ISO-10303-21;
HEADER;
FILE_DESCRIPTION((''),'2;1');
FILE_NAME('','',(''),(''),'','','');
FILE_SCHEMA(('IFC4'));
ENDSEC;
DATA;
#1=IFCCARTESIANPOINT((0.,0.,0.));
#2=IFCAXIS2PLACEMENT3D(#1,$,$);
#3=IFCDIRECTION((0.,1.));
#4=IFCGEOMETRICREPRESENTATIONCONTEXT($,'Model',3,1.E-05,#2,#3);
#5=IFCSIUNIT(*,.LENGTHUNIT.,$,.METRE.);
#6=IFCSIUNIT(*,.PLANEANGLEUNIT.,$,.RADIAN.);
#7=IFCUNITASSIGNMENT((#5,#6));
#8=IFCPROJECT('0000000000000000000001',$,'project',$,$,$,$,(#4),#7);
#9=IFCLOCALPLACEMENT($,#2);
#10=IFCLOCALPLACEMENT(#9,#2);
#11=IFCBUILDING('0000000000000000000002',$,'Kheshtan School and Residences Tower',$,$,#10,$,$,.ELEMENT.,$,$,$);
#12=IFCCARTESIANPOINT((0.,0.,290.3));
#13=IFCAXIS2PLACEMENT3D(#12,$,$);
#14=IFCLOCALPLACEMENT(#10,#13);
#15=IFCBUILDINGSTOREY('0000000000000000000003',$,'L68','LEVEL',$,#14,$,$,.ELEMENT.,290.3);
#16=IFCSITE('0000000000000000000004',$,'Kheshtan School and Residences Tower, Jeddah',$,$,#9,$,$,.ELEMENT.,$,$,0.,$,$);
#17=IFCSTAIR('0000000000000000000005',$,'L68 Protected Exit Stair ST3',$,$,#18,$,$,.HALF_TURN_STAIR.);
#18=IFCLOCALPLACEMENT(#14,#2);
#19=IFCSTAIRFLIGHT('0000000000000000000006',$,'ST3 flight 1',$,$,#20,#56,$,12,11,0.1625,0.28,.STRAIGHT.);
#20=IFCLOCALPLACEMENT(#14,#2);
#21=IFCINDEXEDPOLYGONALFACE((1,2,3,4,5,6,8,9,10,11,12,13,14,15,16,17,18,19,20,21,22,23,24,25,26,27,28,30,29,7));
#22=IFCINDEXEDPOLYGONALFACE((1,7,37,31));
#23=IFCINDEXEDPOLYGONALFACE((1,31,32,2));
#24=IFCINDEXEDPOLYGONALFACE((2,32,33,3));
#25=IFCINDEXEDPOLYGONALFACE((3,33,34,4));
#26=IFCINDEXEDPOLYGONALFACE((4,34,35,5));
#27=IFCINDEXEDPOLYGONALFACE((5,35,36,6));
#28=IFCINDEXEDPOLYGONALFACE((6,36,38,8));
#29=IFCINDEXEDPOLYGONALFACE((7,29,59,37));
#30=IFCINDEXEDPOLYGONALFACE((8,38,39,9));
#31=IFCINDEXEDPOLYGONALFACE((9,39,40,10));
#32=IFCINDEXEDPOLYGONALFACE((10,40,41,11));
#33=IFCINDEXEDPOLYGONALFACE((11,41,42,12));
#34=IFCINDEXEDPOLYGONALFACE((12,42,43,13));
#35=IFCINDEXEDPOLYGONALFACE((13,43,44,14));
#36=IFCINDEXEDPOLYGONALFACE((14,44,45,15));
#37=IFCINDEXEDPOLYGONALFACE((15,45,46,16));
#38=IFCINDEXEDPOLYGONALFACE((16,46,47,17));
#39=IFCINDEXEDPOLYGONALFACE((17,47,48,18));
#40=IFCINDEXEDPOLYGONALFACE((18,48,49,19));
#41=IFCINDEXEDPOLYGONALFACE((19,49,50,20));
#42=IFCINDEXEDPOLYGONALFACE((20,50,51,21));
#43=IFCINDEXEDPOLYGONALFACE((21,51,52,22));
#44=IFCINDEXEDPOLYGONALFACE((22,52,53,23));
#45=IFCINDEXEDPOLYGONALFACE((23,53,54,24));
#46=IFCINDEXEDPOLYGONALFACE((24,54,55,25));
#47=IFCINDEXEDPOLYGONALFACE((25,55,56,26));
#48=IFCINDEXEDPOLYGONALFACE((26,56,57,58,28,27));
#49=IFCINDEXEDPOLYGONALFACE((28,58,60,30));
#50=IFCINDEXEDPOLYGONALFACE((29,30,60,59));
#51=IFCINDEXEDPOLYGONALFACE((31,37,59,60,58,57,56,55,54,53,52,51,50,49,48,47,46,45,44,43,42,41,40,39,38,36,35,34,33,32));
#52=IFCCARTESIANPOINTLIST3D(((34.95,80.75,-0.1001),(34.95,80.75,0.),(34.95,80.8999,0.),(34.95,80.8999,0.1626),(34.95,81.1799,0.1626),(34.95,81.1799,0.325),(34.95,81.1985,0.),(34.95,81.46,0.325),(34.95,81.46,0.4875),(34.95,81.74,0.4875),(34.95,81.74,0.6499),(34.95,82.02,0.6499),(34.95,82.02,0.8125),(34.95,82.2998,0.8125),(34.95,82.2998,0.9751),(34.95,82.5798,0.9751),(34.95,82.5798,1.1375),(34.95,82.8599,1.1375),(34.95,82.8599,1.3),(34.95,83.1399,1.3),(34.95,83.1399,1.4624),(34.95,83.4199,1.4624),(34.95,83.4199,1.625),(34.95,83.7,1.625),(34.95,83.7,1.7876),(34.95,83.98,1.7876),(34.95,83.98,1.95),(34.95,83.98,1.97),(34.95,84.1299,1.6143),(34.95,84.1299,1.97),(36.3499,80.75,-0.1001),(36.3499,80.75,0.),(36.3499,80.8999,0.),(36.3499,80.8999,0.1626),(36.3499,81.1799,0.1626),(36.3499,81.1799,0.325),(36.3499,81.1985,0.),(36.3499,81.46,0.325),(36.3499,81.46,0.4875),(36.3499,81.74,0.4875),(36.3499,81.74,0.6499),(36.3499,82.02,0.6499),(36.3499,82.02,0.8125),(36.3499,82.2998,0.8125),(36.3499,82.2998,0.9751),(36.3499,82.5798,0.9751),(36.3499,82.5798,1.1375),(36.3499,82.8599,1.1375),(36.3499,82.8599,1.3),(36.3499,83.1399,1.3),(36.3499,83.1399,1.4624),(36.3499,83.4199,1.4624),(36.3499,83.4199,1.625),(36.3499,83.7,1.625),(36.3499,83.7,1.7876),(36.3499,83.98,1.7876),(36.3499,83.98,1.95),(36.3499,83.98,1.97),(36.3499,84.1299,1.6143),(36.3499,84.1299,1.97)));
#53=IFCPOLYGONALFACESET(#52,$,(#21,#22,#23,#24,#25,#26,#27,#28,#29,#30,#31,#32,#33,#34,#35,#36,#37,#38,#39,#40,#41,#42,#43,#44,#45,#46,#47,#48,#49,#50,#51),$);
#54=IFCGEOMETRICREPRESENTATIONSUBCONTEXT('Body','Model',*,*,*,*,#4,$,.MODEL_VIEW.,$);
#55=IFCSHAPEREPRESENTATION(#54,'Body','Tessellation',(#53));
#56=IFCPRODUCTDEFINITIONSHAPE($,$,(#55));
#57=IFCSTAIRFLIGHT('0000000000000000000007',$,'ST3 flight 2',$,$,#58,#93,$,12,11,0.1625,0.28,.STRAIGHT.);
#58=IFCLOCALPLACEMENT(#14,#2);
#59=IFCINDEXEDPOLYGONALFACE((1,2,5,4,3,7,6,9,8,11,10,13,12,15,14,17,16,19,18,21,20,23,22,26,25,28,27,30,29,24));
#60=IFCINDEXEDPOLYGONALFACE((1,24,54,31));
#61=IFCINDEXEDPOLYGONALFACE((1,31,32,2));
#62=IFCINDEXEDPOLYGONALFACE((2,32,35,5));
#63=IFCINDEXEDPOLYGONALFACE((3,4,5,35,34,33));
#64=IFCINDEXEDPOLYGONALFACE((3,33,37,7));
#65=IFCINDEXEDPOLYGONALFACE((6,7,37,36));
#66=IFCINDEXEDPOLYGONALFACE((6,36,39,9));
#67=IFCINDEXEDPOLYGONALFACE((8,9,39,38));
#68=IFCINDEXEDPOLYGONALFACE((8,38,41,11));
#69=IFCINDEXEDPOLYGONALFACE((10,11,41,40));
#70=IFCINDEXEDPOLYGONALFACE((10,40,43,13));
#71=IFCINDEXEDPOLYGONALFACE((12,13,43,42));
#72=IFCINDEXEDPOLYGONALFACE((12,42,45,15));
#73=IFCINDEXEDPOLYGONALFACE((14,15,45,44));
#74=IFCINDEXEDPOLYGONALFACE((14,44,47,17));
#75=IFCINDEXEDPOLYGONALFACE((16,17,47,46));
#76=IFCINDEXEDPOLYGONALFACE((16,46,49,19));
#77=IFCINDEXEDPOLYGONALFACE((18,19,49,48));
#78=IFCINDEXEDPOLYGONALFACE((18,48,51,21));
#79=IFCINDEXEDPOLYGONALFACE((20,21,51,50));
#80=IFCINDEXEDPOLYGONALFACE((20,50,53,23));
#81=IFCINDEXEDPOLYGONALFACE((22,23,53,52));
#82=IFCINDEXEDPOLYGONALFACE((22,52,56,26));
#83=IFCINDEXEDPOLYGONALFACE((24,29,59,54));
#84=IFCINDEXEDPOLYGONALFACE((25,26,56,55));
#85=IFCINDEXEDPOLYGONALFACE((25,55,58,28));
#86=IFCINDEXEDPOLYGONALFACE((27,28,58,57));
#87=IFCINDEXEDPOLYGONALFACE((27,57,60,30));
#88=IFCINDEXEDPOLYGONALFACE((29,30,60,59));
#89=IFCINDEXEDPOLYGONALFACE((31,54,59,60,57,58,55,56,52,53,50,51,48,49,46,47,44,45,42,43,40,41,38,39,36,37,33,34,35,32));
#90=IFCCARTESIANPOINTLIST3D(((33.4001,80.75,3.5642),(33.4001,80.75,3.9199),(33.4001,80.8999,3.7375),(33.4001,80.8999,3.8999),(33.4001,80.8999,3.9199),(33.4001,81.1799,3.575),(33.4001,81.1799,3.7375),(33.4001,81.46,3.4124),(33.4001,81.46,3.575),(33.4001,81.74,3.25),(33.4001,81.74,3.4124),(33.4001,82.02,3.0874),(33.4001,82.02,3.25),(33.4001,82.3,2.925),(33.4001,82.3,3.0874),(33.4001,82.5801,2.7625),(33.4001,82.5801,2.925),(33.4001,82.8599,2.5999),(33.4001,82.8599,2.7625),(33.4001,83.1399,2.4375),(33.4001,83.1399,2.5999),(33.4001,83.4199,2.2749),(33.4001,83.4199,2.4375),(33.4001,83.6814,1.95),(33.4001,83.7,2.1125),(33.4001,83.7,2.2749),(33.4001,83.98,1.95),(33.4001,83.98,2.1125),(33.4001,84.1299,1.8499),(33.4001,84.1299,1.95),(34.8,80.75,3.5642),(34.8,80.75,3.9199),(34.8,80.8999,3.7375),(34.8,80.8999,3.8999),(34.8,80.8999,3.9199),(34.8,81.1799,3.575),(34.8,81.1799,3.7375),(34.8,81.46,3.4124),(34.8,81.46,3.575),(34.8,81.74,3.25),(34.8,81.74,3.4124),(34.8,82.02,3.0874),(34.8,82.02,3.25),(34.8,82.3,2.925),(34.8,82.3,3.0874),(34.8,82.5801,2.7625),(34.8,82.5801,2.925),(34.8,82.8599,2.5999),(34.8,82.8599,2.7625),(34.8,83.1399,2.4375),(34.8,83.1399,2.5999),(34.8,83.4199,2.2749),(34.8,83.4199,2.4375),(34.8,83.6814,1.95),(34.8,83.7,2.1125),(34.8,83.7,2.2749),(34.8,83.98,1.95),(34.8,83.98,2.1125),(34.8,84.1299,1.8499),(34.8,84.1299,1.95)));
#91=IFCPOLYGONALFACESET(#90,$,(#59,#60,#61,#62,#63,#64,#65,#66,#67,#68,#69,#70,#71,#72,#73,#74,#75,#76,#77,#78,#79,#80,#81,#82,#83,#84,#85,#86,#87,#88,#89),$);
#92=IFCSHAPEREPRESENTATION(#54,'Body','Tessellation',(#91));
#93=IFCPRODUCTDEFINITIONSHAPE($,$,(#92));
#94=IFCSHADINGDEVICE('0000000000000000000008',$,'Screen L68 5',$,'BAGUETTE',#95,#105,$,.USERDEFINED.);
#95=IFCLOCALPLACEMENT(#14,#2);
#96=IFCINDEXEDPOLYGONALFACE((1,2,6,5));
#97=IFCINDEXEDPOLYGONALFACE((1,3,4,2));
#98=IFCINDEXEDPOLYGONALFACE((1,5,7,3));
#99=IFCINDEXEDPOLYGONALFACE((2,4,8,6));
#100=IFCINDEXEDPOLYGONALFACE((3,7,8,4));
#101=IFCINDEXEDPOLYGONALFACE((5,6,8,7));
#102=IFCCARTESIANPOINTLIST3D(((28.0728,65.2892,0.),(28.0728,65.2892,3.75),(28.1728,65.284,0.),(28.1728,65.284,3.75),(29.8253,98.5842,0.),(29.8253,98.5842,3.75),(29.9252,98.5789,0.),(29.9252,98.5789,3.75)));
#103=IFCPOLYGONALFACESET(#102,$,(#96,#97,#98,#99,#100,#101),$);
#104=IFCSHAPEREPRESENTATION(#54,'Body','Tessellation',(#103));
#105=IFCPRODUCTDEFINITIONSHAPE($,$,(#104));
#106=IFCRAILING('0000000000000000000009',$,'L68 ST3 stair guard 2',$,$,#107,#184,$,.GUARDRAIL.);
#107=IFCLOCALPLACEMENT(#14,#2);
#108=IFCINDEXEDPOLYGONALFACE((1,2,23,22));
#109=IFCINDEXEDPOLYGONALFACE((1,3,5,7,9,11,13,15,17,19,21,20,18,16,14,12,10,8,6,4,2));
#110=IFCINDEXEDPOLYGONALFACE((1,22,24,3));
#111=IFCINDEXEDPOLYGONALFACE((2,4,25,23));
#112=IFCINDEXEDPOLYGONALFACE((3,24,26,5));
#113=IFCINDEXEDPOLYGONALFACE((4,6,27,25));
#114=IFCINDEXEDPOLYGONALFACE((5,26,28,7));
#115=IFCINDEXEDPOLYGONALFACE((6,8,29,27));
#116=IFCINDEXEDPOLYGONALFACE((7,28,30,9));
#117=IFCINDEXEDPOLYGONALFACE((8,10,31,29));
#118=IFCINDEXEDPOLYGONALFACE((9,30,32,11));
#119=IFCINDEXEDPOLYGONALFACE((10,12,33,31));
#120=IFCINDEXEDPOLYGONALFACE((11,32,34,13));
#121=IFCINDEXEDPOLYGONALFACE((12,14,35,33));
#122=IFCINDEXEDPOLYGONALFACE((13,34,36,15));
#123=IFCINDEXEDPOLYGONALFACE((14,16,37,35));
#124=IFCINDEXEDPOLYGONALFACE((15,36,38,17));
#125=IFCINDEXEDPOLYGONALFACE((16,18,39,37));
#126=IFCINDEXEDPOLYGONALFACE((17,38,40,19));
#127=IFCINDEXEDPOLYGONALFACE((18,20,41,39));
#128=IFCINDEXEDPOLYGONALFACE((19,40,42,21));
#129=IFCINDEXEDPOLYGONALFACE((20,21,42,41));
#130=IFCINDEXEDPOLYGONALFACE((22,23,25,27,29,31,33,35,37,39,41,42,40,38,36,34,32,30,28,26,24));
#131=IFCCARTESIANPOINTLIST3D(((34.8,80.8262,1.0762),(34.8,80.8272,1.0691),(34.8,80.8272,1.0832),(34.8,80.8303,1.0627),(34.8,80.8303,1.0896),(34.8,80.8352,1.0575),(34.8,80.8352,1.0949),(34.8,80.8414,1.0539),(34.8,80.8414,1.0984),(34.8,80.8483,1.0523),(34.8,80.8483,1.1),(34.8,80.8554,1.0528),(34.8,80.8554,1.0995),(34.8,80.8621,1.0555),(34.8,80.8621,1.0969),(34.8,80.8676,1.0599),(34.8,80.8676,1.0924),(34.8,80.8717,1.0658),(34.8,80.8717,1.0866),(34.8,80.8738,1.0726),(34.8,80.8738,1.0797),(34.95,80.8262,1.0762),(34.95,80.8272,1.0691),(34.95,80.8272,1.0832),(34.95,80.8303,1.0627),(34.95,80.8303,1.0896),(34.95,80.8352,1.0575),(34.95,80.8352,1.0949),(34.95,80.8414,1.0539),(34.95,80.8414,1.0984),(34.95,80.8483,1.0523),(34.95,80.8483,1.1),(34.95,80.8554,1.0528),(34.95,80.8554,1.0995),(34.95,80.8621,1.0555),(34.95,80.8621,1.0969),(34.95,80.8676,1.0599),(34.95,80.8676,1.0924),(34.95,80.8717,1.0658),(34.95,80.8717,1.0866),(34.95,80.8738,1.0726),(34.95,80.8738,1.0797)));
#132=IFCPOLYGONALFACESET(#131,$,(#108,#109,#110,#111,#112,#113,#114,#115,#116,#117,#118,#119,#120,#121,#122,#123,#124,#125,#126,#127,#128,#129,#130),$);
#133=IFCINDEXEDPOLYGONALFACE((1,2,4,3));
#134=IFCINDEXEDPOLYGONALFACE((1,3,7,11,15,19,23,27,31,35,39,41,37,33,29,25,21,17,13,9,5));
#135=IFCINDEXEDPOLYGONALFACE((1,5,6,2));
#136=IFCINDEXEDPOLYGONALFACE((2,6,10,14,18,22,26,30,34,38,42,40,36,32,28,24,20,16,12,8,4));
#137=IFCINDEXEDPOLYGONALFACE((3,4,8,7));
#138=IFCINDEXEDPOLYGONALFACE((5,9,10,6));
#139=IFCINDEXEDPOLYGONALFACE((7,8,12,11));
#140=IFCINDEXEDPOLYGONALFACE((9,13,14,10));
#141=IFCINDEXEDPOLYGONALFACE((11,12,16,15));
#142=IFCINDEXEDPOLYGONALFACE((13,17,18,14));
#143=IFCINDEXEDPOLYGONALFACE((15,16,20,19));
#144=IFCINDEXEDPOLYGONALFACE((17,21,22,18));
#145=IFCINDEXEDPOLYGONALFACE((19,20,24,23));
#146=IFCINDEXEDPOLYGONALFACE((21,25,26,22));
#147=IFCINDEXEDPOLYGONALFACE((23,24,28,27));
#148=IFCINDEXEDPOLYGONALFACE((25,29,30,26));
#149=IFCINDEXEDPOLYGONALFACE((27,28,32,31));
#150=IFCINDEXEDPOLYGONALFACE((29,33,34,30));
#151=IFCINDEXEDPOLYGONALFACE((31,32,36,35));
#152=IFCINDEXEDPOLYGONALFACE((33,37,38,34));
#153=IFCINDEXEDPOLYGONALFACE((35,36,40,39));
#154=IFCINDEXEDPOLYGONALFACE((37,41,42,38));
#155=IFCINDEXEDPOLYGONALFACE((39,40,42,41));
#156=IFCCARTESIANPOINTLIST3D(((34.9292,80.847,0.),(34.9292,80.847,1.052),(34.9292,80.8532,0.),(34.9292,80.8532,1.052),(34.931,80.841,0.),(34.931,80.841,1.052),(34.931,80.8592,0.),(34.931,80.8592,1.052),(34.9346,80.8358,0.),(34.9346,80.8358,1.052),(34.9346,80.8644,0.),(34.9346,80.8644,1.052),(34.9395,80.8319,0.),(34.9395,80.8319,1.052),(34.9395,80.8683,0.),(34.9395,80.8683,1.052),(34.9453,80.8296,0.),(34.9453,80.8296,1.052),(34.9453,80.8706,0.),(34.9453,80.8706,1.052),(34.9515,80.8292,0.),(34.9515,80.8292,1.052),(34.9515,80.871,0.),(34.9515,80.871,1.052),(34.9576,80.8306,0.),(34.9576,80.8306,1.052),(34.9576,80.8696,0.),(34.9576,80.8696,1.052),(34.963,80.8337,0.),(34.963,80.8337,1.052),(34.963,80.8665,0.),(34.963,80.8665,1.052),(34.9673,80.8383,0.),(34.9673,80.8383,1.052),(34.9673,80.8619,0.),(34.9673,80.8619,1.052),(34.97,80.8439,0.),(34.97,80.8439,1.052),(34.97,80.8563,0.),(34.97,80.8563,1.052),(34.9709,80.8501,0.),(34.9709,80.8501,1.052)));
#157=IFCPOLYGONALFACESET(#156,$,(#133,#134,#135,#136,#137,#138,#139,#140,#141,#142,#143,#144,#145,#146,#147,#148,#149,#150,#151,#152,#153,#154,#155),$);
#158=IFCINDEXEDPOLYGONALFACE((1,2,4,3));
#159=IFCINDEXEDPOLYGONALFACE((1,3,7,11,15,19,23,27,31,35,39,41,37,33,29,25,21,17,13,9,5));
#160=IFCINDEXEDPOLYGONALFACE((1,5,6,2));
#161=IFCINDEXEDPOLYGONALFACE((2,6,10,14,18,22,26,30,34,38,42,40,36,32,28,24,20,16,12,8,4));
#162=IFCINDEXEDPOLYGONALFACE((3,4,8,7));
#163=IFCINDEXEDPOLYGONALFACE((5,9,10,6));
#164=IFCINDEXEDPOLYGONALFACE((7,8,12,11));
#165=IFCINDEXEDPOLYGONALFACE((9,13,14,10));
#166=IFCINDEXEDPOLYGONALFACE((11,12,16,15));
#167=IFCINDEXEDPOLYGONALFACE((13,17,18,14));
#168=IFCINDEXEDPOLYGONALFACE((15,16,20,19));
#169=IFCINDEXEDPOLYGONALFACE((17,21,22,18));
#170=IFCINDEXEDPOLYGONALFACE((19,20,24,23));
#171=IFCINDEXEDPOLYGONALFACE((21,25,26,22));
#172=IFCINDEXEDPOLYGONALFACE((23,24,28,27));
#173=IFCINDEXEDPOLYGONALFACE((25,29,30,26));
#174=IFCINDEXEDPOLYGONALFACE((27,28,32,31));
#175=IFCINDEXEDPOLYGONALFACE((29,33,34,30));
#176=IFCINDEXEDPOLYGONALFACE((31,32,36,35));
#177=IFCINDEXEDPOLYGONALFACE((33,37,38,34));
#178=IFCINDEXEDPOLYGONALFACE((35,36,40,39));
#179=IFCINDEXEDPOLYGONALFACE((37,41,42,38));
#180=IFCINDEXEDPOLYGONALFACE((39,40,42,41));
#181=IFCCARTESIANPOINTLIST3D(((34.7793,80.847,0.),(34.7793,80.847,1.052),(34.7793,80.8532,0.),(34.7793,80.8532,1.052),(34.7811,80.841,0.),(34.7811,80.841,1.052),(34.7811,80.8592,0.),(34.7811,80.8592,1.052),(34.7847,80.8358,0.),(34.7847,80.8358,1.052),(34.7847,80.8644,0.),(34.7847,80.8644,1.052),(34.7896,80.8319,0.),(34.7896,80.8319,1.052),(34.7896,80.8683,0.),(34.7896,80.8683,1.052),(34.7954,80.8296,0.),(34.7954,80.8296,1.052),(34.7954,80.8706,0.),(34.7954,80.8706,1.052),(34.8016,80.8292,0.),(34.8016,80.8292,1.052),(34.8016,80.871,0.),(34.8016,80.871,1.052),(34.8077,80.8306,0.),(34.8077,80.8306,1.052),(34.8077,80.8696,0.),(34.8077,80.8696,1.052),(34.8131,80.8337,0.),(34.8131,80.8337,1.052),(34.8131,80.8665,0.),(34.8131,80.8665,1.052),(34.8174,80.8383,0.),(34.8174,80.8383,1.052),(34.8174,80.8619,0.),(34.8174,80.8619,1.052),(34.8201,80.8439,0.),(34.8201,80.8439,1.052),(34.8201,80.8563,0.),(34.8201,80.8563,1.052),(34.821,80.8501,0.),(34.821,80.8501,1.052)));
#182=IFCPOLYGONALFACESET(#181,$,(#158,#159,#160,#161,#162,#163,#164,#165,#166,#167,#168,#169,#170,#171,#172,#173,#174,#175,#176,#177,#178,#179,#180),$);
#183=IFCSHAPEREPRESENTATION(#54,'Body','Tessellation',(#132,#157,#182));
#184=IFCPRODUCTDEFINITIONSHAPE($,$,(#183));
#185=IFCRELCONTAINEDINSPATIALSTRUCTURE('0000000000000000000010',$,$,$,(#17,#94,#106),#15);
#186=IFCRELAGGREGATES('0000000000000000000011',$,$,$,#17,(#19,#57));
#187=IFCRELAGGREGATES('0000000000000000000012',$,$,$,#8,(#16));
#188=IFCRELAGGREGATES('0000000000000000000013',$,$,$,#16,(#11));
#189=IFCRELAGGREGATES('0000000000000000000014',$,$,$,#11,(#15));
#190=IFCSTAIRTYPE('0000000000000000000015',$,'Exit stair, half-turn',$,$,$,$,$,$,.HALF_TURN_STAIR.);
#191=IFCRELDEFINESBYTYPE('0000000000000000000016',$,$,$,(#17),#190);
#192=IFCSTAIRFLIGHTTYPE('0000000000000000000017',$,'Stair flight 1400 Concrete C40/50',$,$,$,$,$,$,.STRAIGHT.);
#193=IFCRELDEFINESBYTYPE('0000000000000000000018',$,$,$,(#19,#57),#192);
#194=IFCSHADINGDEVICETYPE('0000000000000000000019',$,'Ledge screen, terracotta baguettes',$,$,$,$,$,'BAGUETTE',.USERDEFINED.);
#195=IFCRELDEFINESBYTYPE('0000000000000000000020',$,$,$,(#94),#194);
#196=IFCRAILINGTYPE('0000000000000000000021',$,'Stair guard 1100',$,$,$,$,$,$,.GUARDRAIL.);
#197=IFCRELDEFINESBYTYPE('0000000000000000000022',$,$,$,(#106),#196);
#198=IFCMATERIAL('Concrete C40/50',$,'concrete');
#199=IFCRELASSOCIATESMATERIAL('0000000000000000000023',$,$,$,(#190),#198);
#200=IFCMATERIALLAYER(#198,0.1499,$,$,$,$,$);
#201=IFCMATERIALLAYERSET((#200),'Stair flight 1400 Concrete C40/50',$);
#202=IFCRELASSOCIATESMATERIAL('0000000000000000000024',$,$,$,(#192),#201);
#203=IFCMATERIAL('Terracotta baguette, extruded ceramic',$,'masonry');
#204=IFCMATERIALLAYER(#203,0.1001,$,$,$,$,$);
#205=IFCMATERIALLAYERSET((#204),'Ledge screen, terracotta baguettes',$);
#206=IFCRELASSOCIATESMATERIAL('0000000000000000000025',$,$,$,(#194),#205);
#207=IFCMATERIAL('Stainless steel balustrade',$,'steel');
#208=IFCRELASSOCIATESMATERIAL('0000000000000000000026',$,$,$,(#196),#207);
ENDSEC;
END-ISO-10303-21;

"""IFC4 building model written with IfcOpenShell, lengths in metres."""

from ifc_helpers import new_model, si_unit, direction, frame, origin, origin_2d, place, context, subcontext, project, spatial, polyline, rectangle, circle, outline, extrude, material, layer, layer_set, type_object, element, aggregate, save


model = new_model("IFC4")

# Units and contexts
model_context = context("Model", 3, precision=1e-05, world=origin(), true_north=direction((0.0, 1.0)))
body_context = subcontext(model_context, "Body", "Model", "MODEL_VIEW")
ifc_project = project(units=[si_unit("LENGTHUNIT", "METRE"), si_unit("PLANEANGLEUNIT", "RADIAN")], contexts=[model_context])

# Site, building, storey
site_placement = place(None, origin())
site = spatial("IfcSite", under=ifc_project, at=site_placement, Name="Kheshtan School and Residences Tower, Jeddah", CompositionType="ELEMENT", RefElevation=0.0)
building_placement = place(site_placement, origin())
building = spatial("IfcBuilding", under=site, at=building_placement, Name="Kheshtan School and Residences Tower", CompositionType="ELEMENT")
storey_placement = place(building_placement, frame((0.0, 0.0, 290.3)))
storey = spatial("IfcBuildingStorey", under=building, at=storey_placement, Name="L68", Description="LEVEL", CompositionType="ELEMENT", Elevation=290.3)

# Shared definitions
ifc_material_1 = material(Name="Concrete C40/50", Category="concrete")

# Stair, stair flights
stair_type = type_object("IfcStairType", Name="Exit stair, half-turn", PredefinedType="HALF_TURN_STAIR", material=ifc_material_1)
stair_placement = place(storey_placement, origin())
stair = element("IfcStair", 1, at=stair_placement, inside=storey, type_object=stair_type, Name="L68 Protected Exit Stair ST3", PredefinedType="HALF_TURN_STAIR")
ifc_layer_1 = layer(ifc_material_1, 0.1499)
ifc_layer_set_1 = layer_set([ifc_layer_1], Name="Stair flight 1400 Concrete C40/50")
stair_flight_type = type_object("IfcStairFlightType", Name="Stair flight 1400 Concrete C40/50", PredefinedType="STRAIGHT", material=ifc_layer_set_1)
stair_flight_1_placement = place(storey_placement, frame((35.6499, 80.8999, 0.0), z_axis=(0.0, 0.0, 1.0), x_axis=(0.0, 1.0, 0.0)))
stair_flight_1 = element("IfcStairFlight", 2, at=stair_flight_1_placement, type_object=stair_flight_type, Name="ST3 flight 1", NumberOfRisers=12, NumberOfTreads=11, PredefinedType="STRAIGHT", RiserHeight=0.1625, TreadLength=0.28, context=body_context, shape_type="SweptSolid", body=[
    extrude(outline(polyline([(-0.1499, -0.1001), (-0.1499, 0.0), (0.0, 0.0), (0.0, 0.1626), (0.28, 0.1626), (0.28, 0.325), (0.5601, 0.325), (0.5601, 0.4875), (0.8401, 0.4875), (0.8401, 0.6499), (1.1201, 0.6499), (1.1201, 0.8125), (1.3999, 0.8125), (1.3999, 0.9751), (1.6799, 0.9751), (1.6799, 1.1375), (1.96, 1.1375), (1.96, 1.3), (2.24, 1.3), (2.24, 1.4624), (2.52, 1.4624), (2.52, 1.625), (2.8, 1.625), (2.8, 1.7876), (3.0801, 1.7876), (3.0801, 1.95), (3.0801, 1.97), (3.23, 1.97), (3.23, 1.6143), (0.2986, 0.0), (-0.1499, -0.1001)])), frame((0.0, 0.7, 0.0), z_axis=(0.0, -1.0, 0.0), x_axis=(1.0, 0.0, 0.0)), (0.0, 0.0, 1.0), 1.3999),
])
stair_flight_2_placement = place(storey_placement, frame((34.1001, 83.98, 1.95), z_axis=(0.0, 0.0, 1.0), x_axis=(0.0, -1.0, 0.0)))
stair_flight_2 = element("IfcStairFlight", 3, at=stair_flight_2_placement, type_object=stair_flight_type, Name="ST3 flight 2", NumberOfRisers=12, NumberOfTreads=11, PredefinedType="STRAIGHT", RiserHeight=0.1625, TreadLength=0.28, context=body_context, shape_type="SweptSolid", body=[
    extrude(outline(polyline([(-0.1499, -0.1001), (-0.1499, 0.0), (0.0, 0.0), (0.0, 0.1626), (0.28, 0.1626), (0.28, 0.325), (0.5601, 0.325), (0.5601, 0.4875), (0.8401, 0.4875), (0.8401, 0.6499), (1.1201, 0.6499), (1.1201, 0.8125), (1.3999, 0.8125), (1.3999, 0.9751), (1.6799, 0.9751), (1.6799, 1.1375), (1.96, 1.1375), (1.96, 1.3), (2.24, 1.3), (2.24, 1.4624), (2.52, 1.4624), (2.52, 1.625), (2.8, 1.625), (2.8, 1.7876), (3.0801, 1.7876), (3.0801, 1.95), (3.0801, 1.97), (3.23, 1.97), (3.23, 1.6143), (0.2986, 0.0), (-0.1499, -0.1001)])), frame((0.0, 0.7, 0.0), z_axis=(0.0, -1.0, 0.0), x_axis=(1.0, 0.0, 0.0)), (0.0, 0.0, 1.0), 1.3999),
])
aggregate(stair, [stair_flight_1, stair_flight_2])

# Shading device
ifc_material_2 = material(Name="Terracotta baguette, extruded ceramic", Category="masonry")
ifc_layer_2 = layer(ifc_material_2, 0.1001)
ifc_layer_set_2 = layer_set([ifc_layer_2], Name="Ledge screen, terracotta baguettes")
shading_device_type = type_object("IfcShadingDeviceType", Name="Ledge screen, terracotta baguettes", ElementType="BAGUETTE", PredefinedType="USERDEFINED", material=ifc_layer_set_2)
shading_device_placement = place(storey_placement, frame((28.999, 81.9341, 0.0), z_axis=(0.0, 0.0, 1.0), x_axis=(0.052563, 0.998618, 0.0)))
element("IfcShadingDevice", 4, at=shading_device_placement, inside=storey, type_object=shading_device_type, Name="Screen L68 5", ObjectType="BAGUETTE", PredefinedType="USERDEFINED", context=body_context, shape_type="SweptSolid", body=[
    extrude(rectangle(XDim=33.3411, YDim=0.1001, at=origin_2d()), origin(), (0.0, 0.0, 1.0), 3.75),
])

# Railing
ifc_material_3 = material(Name="Stainless steel balustrade", Category="steel")
railing_type_1 = type_object("IfcRailingType", Name="Stair guard 1100", PredefinedType="GUARDRAIL", material=ifc_material_3)
railing_1_placement = place(storey_placement, frame((34.95, 80.8501, 0.0)))
element("IfcRailing", 5, at=railing_1_placement, inside=storey, type_object=railing_type_1, Name="L68 ST3 stair guard 2", PredefinedType="GUARDRAIL", context=body_context, shape_type="SweptSolid", body=[
    extrude(circle(Radius=0.0239, at=origin_2d()), frame((0.0, 0.0, 1.0762), z_axis=(-1.0, 0.0, 0.0), x_axis=(0.0, -1.0, 0.0)), (0.0, 0.0, 1.0), 0.1499),
    extrude(circle(Radius=0.021, at=origin_2d()), origin(), (0.0, 0.0, 1.0), 1.052),
    extrude(circle(Radius=0.021, at=origin_2d()), frame((-0.1499, 0.0, 0.0)), (0.0, 0.0, 1.0), 1.052),
])

save(model, "model.ifc")
